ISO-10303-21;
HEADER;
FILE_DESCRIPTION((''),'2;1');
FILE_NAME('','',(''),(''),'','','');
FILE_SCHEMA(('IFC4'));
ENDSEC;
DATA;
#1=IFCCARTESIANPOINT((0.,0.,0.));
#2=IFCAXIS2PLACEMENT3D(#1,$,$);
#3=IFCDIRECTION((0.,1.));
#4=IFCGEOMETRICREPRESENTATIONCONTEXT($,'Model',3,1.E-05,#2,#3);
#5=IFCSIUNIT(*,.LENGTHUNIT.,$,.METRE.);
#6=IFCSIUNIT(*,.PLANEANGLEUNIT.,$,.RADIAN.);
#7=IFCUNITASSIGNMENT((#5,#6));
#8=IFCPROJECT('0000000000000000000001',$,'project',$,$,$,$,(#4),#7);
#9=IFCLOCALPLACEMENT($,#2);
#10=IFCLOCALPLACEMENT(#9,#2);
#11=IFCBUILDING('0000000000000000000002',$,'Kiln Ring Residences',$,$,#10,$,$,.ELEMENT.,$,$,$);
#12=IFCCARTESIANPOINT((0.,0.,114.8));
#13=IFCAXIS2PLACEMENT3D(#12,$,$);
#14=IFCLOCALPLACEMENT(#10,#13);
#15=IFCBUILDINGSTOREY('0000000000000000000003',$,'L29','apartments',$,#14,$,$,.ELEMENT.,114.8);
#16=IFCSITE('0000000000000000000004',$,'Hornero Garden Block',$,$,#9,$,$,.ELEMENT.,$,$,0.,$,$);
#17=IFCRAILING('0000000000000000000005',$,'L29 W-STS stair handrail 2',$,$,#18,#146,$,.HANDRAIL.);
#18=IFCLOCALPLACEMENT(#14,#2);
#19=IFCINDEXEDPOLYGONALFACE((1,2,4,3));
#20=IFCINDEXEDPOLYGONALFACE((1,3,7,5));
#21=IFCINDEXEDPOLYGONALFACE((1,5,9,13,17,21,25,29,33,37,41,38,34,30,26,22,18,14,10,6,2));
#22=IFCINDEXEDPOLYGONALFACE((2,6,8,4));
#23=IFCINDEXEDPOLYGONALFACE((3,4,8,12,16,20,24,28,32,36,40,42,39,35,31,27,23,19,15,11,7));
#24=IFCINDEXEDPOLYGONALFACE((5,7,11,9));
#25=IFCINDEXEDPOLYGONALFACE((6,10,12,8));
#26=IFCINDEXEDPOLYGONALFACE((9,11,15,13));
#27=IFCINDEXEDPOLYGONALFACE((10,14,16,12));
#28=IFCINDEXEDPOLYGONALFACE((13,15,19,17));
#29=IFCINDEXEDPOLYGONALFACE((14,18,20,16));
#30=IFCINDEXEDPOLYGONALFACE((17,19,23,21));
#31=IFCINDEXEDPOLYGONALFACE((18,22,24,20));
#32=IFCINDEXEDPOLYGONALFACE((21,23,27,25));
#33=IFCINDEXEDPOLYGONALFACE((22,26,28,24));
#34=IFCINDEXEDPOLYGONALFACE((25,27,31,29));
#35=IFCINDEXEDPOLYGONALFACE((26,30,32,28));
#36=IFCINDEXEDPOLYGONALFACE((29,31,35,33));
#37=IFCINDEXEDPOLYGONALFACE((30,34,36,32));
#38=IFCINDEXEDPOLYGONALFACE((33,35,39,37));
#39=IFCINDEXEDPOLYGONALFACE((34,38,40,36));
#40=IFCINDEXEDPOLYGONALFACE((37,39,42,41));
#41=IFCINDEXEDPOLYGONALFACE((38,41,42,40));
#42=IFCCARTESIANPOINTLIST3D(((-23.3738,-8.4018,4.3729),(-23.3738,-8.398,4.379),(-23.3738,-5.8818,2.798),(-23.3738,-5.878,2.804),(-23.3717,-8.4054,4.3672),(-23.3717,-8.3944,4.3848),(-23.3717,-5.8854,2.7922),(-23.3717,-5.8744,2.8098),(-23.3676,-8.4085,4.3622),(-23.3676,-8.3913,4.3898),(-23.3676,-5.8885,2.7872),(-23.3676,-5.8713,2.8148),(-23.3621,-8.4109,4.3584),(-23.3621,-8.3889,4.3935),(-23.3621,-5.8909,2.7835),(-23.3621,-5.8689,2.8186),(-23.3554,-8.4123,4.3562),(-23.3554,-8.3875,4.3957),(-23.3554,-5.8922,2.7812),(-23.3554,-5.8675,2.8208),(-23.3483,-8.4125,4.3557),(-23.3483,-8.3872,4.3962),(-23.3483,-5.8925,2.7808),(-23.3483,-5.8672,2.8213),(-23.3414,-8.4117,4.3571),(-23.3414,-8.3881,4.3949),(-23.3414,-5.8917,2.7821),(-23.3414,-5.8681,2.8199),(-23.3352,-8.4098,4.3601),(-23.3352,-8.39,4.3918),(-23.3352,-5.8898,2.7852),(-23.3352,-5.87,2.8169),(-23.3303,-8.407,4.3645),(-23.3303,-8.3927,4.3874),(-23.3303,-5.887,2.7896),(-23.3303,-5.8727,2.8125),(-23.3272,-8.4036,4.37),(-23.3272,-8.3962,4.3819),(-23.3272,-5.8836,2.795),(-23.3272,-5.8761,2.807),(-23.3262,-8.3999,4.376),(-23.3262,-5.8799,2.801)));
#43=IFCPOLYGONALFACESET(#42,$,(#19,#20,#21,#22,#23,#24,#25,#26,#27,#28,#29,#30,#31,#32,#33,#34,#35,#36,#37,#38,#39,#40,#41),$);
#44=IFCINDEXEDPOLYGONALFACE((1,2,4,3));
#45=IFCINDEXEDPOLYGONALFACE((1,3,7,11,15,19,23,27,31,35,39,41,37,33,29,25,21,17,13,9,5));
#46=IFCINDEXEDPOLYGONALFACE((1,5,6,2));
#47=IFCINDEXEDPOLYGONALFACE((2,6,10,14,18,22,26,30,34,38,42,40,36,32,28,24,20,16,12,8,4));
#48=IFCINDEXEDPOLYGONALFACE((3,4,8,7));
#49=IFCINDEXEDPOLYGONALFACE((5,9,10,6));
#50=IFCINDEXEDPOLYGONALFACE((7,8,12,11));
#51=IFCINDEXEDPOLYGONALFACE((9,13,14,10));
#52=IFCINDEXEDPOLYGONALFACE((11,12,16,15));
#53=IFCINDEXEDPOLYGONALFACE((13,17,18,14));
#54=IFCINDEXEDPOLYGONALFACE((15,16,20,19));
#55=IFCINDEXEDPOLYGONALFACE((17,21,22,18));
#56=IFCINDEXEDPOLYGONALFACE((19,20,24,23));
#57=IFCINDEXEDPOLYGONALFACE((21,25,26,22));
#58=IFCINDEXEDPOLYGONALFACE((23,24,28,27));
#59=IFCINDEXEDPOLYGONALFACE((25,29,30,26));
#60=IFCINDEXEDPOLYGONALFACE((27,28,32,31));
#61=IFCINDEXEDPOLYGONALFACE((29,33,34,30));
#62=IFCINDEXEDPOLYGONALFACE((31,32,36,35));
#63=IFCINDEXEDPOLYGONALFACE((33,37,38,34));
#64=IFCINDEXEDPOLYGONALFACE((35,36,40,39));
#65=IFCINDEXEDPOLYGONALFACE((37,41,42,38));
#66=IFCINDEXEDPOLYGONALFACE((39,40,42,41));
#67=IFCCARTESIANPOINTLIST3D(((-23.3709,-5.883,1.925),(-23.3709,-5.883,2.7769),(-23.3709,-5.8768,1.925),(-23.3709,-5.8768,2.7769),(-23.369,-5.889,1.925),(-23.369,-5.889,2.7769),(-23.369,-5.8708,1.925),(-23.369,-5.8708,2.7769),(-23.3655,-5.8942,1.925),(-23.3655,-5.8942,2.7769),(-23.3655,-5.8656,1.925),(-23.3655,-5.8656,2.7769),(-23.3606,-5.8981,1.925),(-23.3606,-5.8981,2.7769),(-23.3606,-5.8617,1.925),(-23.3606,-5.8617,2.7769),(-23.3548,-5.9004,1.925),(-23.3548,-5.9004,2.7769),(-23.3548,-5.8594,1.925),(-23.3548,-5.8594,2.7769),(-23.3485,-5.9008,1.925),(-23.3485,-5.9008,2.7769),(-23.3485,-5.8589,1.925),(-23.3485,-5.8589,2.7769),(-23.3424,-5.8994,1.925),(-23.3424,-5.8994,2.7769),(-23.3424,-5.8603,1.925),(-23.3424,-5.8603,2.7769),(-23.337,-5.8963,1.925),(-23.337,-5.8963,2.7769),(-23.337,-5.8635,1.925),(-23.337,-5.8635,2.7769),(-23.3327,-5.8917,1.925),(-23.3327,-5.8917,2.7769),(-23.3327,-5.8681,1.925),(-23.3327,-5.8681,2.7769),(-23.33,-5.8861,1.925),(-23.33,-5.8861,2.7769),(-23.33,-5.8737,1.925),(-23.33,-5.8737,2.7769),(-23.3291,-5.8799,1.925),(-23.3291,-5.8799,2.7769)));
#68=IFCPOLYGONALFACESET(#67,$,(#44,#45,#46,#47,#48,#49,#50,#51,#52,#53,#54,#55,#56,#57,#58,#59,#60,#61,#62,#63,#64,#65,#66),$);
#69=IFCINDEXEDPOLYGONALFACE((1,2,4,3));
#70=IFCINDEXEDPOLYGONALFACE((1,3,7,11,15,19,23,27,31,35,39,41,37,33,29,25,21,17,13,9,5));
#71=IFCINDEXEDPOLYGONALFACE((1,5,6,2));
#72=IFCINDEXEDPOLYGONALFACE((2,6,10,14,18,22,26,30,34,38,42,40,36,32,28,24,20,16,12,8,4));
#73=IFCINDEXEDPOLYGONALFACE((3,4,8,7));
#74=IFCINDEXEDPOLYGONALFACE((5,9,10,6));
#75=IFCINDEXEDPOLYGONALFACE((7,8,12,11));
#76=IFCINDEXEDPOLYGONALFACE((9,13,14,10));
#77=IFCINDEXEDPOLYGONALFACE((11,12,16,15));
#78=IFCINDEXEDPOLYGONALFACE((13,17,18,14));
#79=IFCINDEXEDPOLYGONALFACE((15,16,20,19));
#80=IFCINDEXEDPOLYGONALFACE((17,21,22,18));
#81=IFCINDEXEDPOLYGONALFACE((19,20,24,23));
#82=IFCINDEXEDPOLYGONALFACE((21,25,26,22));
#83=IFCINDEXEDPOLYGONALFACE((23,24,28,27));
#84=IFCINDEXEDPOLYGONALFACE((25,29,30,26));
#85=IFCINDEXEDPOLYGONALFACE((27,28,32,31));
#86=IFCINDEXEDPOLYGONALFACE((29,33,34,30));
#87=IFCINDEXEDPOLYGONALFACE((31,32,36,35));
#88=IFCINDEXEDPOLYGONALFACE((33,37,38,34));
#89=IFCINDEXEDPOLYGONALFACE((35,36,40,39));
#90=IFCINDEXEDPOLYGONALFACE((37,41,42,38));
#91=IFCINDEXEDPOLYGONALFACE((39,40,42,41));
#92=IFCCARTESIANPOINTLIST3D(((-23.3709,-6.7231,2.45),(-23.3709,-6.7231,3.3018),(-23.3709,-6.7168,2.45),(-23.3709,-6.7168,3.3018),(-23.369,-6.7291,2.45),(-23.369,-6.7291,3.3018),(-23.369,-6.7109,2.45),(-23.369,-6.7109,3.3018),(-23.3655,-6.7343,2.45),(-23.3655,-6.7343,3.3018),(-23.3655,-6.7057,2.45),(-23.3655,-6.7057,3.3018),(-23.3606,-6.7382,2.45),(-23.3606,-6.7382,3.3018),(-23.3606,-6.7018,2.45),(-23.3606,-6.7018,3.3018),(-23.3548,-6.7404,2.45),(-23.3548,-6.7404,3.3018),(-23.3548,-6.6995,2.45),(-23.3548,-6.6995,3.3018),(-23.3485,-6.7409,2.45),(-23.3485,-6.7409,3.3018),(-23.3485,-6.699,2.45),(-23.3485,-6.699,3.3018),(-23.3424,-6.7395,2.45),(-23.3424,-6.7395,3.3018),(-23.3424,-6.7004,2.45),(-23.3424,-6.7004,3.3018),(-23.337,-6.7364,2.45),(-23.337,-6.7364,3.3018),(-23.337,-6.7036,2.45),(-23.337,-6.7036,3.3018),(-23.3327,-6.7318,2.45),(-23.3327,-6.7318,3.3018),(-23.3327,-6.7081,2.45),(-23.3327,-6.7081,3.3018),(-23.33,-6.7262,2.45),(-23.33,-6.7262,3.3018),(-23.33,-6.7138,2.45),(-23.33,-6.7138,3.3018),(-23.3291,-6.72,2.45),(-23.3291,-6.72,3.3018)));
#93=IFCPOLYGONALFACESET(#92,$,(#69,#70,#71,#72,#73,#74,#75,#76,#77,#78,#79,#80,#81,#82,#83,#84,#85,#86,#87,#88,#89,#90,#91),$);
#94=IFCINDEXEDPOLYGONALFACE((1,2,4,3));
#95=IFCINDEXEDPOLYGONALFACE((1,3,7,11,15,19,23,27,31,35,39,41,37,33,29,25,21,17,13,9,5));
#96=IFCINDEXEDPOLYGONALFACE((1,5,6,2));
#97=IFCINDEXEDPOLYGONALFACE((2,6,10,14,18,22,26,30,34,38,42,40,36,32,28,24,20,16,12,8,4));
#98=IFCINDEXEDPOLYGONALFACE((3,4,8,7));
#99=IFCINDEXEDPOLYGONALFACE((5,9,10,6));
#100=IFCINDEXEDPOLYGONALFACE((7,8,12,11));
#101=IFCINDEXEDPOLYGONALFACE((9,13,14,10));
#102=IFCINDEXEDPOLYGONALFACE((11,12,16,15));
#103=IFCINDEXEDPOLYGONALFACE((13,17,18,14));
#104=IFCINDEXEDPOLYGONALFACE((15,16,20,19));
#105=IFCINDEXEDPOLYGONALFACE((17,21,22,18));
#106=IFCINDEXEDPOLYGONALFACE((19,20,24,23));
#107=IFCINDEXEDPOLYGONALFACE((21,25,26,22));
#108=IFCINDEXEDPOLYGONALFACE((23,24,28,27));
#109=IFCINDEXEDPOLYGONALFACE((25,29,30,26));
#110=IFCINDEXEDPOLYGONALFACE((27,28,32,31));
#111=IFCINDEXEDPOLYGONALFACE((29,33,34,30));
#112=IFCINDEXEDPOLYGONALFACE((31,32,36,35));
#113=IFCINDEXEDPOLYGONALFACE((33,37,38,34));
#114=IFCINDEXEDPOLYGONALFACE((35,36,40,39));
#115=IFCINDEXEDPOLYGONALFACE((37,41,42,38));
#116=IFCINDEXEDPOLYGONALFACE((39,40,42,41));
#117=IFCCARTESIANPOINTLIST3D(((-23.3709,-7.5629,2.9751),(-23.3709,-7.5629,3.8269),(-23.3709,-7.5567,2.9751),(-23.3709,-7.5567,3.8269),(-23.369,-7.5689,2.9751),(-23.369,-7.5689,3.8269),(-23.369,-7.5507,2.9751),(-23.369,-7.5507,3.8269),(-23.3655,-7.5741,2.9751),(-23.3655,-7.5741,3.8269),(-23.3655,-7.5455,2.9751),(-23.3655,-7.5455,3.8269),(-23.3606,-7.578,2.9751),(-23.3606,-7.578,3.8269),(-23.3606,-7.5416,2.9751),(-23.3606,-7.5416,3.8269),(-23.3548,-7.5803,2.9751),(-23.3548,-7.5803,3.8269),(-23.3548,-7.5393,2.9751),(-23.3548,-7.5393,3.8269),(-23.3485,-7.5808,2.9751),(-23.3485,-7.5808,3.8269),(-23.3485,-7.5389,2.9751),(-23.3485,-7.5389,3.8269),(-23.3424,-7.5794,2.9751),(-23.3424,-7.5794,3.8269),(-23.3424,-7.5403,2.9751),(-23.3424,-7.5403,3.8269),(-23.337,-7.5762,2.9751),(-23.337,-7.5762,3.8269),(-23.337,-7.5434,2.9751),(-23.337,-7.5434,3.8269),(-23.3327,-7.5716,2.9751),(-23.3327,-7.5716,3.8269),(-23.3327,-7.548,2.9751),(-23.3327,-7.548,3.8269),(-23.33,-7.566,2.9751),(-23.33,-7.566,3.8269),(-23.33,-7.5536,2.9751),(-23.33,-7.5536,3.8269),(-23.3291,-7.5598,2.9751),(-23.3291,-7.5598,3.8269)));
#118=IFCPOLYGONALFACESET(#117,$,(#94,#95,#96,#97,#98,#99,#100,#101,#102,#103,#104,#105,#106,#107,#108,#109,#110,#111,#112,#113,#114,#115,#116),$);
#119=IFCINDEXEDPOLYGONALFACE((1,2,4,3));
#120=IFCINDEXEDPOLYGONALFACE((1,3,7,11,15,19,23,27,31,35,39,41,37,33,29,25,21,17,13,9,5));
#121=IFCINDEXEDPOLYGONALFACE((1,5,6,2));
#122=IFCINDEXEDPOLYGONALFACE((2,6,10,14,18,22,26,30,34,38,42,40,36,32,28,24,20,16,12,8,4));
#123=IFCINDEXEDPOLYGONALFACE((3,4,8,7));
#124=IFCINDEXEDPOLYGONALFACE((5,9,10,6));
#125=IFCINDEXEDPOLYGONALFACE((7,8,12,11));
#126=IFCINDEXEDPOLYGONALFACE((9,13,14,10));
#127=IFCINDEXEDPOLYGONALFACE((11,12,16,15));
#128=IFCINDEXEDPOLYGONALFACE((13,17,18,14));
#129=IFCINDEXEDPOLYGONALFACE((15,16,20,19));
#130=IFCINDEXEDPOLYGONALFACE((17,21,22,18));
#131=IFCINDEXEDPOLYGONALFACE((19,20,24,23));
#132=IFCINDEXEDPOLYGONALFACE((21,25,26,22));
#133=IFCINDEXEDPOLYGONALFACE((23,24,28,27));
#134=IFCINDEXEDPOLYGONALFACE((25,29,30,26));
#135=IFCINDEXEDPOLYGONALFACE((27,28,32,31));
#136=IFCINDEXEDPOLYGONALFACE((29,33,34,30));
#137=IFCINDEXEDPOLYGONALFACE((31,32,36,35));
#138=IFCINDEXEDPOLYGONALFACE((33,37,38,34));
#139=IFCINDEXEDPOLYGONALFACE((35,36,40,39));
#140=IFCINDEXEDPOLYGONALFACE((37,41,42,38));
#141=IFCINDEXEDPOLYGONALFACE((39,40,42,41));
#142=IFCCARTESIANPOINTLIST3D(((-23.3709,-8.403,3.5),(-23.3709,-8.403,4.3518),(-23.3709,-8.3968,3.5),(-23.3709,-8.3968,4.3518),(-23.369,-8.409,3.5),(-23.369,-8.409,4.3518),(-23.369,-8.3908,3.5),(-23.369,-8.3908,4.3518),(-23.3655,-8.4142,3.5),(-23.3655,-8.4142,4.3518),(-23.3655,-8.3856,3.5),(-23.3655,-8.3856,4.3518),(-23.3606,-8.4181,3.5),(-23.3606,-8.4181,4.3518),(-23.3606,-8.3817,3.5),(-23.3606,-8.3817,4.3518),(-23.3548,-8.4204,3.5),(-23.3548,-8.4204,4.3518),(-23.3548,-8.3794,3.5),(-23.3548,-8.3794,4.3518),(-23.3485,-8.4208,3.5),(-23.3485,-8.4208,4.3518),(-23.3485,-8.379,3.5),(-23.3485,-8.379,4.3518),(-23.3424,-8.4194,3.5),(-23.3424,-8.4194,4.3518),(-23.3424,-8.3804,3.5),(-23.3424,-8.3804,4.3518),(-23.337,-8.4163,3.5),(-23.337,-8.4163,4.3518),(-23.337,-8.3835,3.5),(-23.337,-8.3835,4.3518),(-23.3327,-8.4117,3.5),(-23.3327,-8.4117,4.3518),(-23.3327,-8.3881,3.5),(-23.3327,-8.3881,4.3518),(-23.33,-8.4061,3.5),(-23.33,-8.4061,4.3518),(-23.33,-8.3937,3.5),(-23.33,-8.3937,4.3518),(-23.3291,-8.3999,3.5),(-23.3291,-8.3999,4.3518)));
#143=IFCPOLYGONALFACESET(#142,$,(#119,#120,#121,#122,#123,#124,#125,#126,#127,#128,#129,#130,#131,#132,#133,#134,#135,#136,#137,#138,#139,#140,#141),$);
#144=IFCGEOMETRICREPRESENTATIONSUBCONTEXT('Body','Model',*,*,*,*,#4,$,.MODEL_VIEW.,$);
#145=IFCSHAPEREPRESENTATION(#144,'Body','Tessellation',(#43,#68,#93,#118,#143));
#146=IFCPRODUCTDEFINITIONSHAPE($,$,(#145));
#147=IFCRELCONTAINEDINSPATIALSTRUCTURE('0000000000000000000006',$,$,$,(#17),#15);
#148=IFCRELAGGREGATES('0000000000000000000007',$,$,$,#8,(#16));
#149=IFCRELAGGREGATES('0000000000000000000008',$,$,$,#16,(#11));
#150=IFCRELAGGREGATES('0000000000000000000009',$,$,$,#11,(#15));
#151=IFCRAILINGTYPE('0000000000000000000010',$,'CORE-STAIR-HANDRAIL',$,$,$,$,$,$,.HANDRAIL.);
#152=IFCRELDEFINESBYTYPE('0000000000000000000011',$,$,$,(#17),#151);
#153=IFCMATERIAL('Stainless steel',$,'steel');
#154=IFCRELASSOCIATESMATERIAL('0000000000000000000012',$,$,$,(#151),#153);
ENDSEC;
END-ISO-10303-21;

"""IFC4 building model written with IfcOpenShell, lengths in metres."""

from ifc_helpers import new_model, si_unit, direction, frame, origin, origin_2d, place, context, subcontext, project, spatial, circle, extrude, material, type_object, element, save


model = new_model("IFC4")

# Units and contexts
model_context = context("Model", 3, precision=1e-05, world=origin(), true_north=direction((0.0, 1.0)))
body_context = subcontext(model_context, "Body", "Model", "MODEL_VIEW")
ifc_project = project(units=[si_unit("LENGTHUNIT", "METRE"), si_unit("PLANEANGLEUNIT", "RADIAN")], contexts=[model_context])

# Site, building, storey
site_placement = place(None, origin())
site = spatial("IfcSite", under=ifc_project, at=site_placement, Name="Hornero Garden Block", CompositionType="ELEMENT", RefElevation=0.0)
building_placement = place(site_placement, origin())
building = spatial("IfcBuilding", under=site, at=building_placement, Name="Kiln Ring Residences", CompositionType="ELEMENT")
storey_placement = place(building_placement, frame((0.0, 0.0, 114.8)))
storey = spatial("IfcBuildingStorey", under=building, at=storey_placement, Name="L29", Description="apartments", CompositionType="ELEMENT", Elevation=114.8)

# Railing
ifc_material_1 = material(Name="Stainless steel", Category="steel")
railing_type_1 = type_object("IfcRailingType", Name="CORE-STAIR-HANDRAIL", PredefinedType="HANDRAIL", material=ifc_material_1)
railing_1_placement = place(storey_placement, frame((-23.3501, -5.8799, 1.925)))
element("IfcRailing", 1, at=railing_1_placement, inside=storey, type_object=railing_type_1, Name="L29 W-STS stair handrail 2", PredefinedType="HANDRAIL", context=body_context, shape_type="SweptSolid", body=[
    extrude(circle(Radius=0.0239, at=origin_2d()), frame((0.0, 0.0, 0.876), z_axis=(0.0, -0.848008, 0.529984), x_axis=(1.0, 0.0, 0.0)), (0.0, 0.0, 1.0), 2.9717),
    extrude(circle(Radius=0.021, at=origin_2d()), origin(), (0.0, 0.0, 1.0), 0.8518),
    extrude(circle(Radius=0.021, at=origin_2d()), frame((0.0, -0.8401, 0.5249)), (0.0, 0.0, 1.0), 0.8518),
    extrude(circle(Radius=0.021, at=origin_2d()), frame((0.0, -1.6799, 1.05)), (0.0, 0.0, 1.0), 0.8518),
    extrude(circle(Radius=0.021, at=origin_2d()), frame((0.0, -2.52, 1.575)), (0.0, 0.0, 1.0), 0.8518),
])

save(model, "model.ifc")
